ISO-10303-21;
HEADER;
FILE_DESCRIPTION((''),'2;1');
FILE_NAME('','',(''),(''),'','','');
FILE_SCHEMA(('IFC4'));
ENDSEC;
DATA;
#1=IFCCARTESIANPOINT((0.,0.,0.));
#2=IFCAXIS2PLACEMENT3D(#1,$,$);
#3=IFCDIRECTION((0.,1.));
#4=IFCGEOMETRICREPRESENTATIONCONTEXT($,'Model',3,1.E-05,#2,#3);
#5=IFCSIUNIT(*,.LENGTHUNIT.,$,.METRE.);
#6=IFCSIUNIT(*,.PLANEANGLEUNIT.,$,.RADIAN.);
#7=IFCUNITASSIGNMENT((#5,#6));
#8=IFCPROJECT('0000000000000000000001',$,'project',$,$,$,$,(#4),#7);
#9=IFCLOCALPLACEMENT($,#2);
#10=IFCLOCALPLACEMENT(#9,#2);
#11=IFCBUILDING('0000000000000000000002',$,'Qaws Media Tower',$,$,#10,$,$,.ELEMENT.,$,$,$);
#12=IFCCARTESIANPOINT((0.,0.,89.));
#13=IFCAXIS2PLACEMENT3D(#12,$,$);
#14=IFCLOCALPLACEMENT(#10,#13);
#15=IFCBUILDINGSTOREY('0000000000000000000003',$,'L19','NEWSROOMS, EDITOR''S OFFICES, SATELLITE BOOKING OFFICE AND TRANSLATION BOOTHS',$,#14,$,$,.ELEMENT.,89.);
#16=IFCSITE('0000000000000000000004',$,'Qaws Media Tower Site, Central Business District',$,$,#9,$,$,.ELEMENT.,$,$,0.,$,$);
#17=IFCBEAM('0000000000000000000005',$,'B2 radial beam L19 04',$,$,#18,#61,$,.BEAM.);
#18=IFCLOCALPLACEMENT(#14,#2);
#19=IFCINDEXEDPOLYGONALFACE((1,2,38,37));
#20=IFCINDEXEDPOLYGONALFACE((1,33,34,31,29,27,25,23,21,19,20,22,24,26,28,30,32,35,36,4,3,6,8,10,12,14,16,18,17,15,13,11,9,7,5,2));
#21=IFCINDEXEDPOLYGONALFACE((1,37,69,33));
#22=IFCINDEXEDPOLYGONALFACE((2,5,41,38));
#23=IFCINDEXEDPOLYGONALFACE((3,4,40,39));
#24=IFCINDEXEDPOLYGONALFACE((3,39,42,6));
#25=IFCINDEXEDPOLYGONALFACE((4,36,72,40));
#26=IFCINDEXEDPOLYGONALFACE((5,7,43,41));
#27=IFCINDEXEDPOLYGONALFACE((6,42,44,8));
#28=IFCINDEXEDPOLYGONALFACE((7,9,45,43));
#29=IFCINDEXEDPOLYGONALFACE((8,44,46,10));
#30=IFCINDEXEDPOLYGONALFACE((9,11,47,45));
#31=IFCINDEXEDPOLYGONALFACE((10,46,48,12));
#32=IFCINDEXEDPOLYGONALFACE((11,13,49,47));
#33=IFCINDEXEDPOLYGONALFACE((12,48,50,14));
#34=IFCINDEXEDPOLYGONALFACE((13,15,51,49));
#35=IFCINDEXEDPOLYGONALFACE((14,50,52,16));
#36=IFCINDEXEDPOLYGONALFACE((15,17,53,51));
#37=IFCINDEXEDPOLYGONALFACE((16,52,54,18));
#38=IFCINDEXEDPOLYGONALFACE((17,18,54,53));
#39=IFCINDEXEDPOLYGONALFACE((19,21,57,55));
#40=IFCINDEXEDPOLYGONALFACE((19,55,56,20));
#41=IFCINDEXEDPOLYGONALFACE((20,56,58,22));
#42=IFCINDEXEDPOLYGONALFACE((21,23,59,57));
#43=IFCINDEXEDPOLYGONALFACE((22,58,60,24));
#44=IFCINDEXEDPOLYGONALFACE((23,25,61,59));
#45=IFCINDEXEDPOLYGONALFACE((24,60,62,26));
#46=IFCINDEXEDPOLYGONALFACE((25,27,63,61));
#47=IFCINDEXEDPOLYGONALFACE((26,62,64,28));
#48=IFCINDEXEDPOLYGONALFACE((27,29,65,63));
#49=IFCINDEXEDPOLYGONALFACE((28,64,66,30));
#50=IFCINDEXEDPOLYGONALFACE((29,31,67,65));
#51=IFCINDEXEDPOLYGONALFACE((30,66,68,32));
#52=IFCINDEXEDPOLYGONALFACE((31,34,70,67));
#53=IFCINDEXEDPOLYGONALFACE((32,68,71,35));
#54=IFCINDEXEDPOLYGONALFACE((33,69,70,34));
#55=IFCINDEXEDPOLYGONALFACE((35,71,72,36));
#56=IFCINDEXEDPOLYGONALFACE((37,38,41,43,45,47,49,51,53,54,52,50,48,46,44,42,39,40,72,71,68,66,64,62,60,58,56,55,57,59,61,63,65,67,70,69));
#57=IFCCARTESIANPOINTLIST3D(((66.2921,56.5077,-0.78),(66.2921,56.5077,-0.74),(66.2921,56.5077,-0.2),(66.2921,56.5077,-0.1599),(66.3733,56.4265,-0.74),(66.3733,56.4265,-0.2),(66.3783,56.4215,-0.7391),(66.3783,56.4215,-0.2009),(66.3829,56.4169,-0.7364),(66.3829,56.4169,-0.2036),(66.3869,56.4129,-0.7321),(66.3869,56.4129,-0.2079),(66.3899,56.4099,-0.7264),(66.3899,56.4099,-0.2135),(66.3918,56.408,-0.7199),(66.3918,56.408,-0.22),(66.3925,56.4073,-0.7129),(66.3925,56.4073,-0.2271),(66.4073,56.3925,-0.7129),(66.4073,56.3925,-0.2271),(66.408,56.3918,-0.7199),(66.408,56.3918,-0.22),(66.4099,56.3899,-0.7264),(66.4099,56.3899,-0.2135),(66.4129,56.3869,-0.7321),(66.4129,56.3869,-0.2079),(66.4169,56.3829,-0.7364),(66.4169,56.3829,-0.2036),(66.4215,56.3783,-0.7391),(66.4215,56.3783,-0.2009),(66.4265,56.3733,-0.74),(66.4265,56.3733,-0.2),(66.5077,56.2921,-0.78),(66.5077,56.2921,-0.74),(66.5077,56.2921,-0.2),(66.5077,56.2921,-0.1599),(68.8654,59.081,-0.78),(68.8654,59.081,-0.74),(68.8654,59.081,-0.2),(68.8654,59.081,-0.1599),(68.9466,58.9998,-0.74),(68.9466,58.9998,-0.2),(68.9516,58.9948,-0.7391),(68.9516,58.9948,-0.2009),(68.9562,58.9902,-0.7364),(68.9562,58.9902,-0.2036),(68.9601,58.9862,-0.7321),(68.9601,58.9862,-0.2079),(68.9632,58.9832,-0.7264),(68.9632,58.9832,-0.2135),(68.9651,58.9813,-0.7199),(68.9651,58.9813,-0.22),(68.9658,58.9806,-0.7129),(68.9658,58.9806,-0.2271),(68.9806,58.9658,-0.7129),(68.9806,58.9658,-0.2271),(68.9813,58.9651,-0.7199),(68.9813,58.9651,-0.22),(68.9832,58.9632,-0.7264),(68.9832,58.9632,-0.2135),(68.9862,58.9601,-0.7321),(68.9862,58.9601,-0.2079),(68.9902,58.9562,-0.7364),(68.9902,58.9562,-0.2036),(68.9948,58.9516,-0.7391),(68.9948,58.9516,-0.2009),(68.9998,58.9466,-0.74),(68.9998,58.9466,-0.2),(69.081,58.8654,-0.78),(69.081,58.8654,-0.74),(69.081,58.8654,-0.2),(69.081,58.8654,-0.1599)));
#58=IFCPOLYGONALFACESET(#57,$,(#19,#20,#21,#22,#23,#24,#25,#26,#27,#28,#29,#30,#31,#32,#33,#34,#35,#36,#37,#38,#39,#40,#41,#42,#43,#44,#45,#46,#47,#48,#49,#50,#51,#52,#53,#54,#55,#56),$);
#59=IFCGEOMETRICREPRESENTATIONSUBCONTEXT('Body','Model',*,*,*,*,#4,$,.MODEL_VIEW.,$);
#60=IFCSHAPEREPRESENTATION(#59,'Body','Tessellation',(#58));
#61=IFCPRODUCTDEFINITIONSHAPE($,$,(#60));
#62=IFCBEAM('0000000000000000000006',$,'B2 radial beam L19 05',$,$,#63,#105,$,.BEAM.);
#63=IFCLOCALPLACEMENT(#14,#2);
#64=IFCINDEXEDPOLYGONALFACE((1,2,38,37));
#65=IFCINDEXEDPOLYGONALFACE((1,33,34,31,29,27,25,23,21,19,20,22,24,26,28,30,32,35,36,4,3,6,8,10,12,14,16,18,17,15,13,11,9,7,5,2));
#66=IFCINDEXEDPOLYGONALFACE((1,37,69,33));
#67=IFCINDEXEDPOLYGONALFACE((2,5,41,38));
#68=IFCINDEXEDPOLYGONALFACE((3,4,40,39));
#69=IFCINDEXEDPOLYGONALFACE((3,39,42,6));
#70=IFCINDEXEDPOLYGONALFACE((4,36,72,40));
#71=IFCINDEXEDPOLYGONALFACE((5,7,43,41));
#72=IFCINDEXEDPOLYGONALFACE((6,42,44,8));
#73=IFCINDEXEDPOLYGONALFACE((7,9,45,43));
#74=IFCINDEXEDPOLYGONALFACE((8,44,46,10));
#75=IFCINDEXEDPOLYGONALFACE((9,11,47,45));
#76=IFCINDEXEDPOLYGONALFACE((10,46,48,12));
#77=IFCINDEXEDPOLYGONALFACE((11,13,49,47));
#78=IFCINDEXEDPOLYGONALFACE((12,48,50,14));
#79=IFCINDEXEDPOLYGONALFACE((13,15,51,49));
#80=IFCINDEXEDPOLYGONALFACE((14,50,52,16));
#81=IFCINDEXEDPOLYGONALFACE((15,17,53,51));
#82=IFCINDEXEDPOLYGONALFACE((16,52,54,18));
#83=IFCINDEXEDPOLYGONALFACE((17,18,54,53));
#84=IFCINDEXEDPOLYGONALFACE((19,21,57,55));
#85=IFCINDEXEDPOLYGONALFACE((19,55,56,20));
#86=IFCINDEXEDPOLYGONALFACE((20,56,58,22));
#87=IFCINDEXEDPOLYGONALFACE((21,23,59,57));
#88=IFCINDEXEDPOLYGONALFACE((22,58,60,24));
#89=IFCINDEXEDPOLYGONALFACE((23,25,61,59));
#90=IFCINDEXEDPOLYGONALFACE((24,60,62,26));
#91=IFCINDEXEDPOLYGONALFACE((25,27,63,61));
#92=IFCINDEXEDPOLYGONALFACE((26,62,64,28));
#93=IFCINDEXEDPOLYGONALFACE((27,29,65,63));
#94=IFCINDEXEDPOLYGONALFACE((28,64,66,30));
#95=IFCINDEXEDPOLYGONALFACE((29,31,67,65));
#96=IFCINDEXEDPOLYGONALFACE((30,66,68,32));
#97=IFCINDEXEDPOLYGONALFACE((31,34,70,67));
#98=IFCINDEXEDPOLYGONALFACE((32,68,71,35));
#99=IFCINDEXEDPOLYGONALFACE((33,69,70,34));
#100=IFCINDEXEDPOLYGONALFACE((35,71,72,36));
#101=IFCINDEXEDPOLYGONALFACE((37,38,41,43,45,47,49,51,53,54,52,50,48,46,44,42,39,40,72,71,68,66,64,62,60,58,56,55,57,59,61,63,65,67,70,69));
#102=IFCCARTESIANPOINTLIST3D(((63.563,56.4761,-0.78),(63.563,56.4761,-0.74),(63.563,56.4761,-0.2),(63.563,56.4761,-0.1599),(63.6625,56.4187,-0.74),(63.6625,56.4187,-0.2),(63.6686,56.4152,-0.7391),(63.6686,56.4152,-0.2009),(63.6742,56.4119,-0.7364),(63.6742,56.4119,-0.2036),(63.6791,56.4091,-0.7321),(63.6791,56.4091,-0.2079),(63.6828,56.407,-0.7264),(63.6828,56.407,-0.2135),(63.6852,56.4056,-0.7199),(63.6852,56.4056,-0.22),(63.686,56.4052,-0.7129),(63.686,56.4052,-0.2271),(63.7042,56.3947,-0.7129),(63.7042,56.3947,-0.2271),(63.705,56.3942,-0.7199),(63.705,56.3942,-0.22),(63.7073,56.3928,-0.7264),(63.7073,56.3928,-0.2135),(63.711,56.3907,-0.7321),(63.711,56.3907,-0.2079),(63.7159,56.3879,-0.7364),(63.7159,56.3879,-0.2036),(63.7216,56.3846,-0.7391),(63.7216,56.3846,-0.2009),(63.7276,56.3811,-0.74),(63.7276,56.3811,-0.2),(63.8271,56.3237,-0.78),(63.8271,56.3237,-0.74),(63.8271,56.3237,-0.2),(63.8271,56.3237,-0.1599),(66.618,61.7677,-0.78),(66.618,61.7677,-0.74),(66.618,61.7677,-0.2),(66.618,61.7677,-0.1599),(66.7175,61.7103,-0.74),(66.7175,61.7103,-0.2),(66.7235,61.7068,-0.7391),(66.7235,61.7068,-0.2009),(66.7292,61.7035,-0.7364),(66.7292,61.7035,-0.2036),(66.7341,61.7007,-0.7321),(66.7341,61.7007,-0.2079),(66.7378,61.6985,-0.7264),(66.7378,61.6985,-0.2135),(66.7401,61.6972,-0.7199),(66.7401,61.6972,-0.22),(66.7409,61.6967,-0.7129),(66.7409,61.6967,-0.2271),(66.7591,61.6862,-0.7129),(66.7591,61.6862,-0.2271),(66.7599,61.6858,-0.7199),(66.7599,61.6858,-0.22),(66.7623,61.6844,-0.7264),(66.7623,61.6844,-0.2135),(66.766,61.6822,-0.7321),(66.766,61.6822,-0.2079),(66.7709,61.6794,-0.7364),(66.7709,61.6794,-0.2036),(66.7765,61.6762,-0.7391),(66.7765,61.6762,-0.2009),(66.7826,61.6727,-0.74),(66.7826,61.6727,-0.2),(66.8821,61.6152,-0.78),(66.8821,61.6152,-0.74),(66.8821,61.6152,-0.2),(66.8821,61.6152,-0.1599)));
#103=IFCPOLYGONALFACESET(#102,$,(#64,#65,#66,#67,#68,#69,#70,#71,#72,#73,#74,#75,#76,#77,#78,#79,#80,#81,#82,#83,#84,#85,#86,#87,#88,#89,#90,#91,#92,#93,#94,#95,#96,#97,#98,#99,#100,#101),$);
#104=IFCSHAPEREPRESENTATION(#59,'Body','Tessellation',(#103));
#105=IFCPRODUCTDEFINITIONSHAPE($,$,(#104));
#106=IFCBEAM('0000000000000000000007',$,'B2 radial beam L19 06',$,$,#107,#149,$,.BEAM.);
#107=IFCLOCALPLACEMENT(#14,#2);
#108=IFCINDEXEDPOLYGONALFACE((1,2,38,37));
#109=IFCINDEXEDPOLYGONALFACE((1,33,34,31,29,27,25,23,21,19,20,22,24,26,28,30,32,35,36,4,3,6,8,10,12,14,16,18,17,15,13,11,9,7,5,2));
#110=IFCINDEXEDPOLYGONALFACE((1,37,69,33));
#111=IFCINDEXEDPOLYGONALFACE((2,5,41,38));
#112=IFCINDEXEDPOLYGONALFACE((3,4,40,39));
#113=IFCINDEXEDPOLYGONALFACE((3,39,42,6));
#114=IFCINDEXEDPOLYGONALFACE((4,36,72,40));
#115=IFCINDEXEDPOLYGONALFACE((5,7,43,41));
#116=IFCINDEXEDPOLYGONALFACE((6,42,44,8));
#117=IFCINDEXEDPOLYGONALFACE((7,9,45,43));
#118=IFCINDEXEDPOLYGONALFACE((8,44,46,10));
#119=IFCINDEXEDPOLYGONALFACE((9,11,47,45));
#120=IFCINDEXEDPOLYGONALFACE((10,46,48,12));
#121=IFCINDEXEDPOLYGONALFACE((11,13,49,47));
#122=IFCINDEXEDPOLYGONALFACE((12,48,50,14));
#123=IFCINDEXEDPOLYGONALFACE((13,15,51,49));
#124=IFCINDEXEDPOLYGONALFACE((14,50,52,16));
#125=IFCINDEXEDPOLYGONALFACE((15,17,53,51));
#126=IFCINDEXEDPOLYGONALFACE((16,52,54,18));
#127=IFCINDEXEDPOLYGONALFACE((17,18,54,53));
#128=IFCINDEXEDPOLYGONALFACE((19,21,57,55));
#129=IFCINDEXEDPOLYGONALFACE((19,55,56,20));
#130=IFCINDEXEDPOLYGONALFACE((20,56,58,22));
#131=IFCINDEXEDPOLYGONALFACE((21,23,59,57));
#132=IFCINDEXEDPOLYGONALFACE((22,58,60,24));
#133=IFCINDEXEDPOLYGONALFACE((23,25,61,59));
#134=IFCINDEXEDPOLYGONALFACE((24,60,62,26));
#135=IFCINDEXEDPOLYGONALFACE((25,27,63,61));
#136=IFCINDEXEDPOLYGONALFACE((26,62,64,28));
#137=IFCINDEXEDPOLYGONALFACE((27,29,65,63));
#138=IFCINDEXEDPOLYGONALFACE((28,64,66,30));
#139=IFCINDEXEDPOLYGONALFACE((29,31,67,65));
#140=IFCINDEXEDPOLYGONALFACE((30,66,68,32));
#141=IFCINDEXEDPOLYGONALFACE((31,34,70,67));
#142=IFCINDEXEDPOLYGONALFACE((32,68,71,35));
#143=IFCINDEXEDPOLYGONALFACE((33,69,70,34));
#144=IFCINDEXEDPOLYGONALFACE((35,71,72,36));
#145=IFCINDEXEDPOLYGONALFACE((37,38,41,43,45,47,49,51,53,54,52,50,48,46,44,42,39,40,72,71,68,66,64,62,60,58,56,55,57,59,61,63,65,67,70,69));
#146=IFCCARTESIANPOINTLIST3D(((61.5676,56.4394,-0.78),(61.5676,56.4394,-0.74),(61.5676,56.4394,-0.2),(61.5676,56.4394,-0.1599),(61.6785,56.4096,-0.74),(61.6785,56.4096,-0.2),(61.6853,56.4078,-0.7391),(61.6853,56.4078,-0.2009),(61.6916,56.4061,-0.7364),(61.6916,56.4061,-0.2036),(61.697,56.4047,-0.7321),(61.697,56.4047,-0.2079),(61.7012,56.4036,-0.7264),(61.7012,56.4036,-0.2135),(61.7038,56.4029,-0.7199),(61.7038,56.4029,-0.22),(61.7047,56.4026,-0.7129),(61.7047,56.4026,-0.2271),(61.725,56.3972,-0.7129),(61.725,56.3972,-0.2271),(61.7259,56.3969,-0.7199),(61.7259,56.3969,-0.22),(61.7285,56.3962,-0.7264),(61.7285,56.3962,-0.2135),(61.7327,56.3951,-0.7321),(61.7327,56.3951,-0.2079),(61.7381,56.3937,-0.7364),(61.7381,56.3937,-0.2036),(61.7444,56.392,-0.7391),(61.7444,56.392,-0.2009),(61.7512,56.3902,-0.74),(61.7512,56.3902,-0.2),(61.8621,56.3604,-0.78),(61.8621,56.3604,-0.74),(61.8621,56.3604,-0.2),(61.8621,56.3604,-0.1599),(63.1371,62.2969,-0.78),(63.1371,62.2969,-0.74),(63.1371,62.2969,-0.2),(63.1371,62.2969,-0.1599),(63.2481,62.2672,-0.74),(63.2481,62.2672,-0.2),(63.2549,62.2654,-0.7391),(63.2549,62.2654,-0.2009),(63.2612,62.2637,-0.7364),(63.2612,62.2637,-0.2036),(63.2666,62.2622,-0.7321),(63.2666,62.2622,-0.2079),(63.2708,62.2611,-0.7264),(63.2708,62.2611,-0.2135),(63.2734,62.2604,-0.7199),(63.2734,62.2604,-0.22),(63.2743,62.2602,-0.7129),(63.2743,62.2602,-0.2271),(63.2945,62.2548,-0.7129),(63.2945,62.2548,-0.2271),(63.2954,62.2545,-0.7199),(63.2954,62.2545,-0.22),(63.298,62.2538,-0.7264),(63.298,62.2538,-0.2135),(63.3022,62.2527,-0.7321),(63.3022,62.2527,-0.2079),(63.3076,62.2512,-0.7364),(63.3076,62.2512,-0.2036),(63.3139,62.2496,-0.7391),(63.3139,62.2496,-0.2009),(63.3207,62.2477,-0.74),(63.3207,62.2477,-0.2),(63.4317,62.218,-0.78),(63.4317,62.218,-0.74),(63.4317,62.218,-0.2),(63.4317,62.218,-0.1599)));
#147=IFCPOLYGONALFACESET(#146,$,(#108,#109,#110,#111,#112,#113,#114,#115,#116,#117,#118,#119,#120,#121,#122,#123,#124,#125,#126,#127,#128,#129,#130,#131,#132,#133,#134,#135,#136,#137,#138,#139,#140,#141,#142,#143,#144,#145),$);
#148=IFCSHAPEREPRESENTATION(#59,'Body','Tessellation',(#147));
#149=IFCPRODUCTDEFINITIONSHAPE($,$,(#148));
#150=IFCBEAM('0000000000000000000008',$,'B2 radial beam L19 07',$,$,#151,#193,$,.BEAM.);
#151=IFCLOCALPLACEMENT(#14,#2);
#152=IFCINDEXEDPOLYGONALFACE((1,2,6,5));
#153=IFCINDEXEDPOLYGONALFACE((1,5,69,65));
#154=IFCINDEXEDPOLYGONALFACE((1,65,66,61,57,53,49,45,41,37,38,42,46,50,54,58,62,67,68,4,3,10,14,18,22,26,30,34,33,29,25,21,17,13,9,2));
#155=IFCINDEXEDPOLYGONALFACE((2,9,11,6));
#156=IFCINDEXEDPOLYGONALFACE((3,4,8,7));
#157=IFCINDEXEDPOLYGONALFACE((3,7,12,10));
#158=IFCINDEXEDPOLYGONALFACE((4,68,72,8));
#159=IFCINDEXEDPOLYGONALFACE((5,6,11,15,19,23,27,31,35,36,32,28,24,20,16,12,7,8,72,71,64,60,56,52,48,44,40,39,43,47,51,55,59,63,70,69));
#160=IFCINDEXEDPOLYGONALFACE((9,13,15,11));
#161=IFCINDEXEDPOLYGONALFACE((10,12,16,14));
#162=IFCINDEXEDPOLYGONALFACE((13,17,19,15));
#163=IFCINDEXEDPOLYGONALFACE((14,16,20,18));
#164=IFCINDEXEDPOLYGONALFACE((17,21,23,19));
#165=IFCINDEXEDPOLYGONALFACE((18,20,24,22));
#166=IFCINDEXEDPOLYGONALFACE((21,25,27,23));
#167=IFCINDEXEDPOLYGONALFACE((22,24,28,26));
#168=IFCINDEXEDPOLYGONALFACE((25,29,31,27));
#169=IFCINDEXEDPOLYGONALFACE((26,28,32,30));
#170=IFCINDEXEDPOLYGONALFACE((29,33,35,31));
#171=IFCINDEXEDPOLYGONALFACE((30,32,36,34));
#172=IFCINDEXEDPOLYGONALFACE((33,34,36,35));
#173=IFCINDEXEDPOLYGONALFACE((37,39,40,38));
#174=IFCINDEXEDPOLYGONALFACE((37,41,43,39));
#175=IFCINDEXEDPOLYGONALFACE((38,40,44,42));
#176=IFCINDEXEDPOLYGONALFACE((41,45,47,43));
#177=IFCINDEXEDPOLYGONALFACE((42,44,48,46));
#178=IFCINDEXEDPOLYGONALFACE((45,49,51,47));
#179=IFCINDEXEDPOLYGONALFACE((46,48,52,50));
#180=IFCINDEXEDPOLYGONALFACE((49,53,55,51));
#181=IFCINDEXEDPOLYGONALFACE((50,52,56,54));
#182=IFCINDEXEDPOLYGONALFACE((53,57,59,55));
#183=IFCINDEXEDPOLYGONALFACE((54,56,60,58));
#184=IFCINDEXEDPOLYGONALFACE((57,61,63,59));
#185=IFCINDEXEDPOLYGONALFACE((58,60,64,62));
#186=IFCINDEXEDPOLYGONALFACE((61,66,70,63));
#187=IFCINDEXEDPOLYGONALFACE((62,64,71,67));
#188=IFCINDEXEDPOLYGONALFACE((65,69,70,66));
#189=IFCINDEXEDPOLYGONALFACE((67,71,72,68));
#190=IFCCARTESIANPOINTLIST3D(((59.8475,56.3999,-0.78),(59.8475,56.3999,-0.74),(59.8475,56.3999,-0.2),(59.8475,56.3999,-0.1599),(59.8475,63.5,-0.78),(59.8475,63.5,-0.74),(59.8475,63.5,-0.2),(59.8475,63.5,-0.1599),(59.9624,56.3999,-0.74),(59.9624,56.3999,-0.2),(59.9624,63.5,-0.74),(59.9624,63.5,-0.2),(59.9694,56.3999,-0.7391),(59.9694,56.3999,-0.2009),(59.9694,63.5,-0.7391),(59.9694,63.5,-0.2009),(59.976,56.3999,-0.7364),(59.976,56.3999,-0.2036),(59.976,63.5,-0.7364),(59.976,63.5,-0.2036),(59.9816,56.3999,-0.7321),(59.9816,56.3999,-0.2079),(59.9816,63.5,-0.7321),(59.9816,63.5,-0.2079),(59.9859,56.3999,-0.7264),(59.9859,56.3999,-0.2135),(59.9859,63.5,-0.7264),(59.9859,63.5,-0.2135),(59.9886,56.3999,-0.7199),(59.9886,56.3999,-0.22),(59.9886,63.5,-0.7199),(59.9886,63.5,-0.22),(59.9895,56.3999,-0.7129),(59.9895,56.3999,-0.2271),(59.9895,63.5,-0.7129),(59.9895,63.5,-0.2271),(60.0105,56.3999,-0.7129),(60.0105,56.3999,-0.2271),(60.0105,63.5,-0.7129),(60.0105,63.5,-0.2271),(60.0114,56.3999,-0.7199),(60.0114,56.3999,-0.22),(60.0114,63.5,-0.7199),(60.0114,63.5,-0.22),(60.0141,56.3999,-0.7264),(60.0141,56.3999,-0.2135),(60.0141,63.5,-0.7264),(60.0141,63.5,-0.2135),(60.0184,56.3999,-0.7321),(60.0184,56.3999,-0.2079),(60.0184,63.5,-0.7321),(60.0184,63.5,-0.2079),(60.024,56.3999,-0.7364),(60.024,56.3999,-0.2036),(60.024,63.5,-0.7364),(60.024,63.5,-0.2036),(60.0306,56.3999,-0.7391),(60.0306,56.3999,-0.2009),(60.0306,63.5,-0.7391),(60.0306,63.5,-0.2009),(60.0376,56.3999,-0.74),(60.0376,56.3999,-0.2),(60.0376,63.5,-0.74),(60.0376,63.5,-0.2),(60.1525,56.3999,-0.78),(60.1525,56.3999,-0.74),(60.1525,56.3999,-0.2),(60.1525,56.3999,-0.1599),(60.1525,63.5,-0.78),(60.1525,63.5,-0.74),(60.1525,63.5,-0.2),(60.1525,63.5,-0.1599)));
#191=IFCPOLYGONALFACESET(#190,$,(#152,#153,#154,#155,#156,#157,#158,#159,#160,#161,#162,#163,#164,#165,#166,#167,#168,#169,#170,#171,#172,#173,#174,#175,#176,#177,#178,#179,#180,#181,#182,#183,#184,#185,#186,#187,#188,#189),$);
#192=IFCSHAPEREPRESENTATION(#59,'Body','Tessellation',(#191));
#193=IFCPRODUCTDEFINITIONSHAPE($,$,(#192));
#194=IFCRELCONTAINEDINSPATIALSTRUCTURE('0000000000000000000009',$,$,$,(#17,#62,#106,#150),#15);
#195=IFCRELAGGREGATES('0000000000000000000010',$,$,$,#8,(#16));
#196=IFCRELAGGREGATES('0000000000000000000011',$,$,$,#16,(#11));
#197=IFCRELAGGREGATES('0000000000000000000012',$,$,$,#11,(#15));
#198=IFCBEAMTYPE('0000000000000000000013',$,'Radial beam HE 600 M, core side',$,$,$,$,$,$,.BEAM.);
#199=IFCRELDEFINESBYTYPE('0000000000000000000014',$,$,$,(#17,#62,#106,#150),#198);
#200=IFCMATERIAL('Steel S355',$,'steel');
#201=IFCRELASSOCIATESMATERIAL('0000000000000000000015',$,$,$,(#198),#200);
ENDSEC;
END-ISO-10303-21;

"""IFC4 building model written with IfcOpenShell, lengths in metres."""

from ifc_helpers import new_model, si_unit, direction, frame, origin, origin_2d, place, context, subcontext, project, spatial, i_section, extrude, material, material_profile, profile_set, type_object, element, save


model = new_model("IFC4")

# Units and contexts
model_context = context("Model", 3, precision=1e-05, world=origin(), true_north=direction((0.0, 1.0)))
body_context = subcontext(model_context, "Body", "Model", "MODEL_VIEW")
ifc_project = project(units=[si_unit("LENGTHUNIT", "METRE"), si_unit("PLANEANGLEUNIT", "RADIAN")], contexts=[model_context])

# Site, building, storey
site_placement = place(None, origin())
site = spatial("IfcSite", under=ifc_project, at=site_placement, Name="Qaws Media Tower Site, Central Business District", CompositionType="ELEMENT", RefElevation=0.0)
building_placement = place(site_placement, origin())
building = spatial("IfcBuilding", under=site, at=building_placement, Name="Qaws Media Tower", CompositionType="ELEMENT")
storey_placement = place(building_placement, frame((0.0, 0.0, 89.0)))
storey = spatial("IfcBuildingStorey", under=building, at=storey_placement, Name="L19", Description="NEWSROOMS, EDITOR'S OFFICES, SATELLITE BOOKING OFFICE AND TRANSLATION BOOTHS", CompositionType="ELEMENT", Elevation=89.0)

# Beams
ifc_material_1 = material(Name="Steel S355", Category="steel")
ifc_material_profile_1 = material_profile(ifc_material_1, i_section(OverallWidth=0.3049, OverallDepth=0.6201, WebThickness=0.021, FlangeThickness=0.04, FilletRadius=0.0271, at=origin_2d()), Name="HE 600 M")
ifc_profile_set_1 = profile_set([ifc_material_profile_1], Name="Steel S355")
beam_type_1 = type_object("IfcBeamType", Name="Radial beam HE 600 M, core side", PredefinedType="BEAM", material=ifc_profile_set_1)
beam_1_placement = place(storey_placement, frame((66.3999, 56.3999, -0.47), z_axis=(0.707107, 0.707107, 0.0), x_axis=(-0.707107, 0.707107, 0.0)))
element("IfcBeam", 1, at=beam_1_placement, inside=storey, type_object=beam_type_1, Name="B2 radial beam L19 04", PredefinedType="BEAM", context=body_context, shape_type="SweptSolid", body=[
    extrude(i_section(OverallWidth=0.3049, OverallDepth=0.6201, WebThickness=0.021, FlangeThickness=0.04, FilletRadius=0.0271, at=origin_2d()), origin(), (0.0, 0.0, 1.0), 3.6392),
])
beam_2_placement = place(storey_placement, frame((63.6951, 56.3999, -0.47), z_axis=(0.499985, 0.866034, 0.0), x_axis=(-0.866034, 0.499985, 0.0)))
element("IfcBeam", 2, at=beam_2_placement, inside=storey, type_object=beam_type_1, Name="B2 radial beam L19 05", PredefinedType="BEAM", context=body_context, shape_type="SweptSolid", body=[
    extrude(i_section(OverallWidth=0.3049, OverallDepth=0.6201, WebThickness=0.021, FlangeThickness=0.04, FilletRadius=0.0271, at=origin_2d()), origin(), (0.0, 0.0, 1.0), 6.1101),
])
beam_3_placement = place(storey_placement, frame((61.7148, 56.3999, -0.47), z_axis=(0.258823, 0.965925, 0.0), x_axis=(-0.965925, 0.258823, 0.0)))
element("IfcBeam", 3, at=beam_3_placement, inside=storey, type_object=beam_type_1, Name="B2 radial beam L19 06", PredefinedType="BEAM", context=body_context, shape_type="SweptSolid", body=[
    extrude(i_section(OverallWidth=0.3049, OverallDepth=0.6201, WebThickness=0.021, FlangeThickness=0.04, FilletRadius=0.0271, at=origin_2d()), origin(), (0.0, 0.0, 1.0), 6.0642),
])
beam_4_placement = place(storey_placement, frame((60.0, 56.3999, -0.47), z_axis=(0.0, 1.0, 0.0), x_axis=(-1.0, 0.0, 0.0)))
element("IfcBeam", 4, at=beam_4_placement, inside=storey, type_object=beam_type_1, Name="B2 radial beam L19 07", PredefinedType="BEAM", context=body_context, shape_type="SweptSolid", body=[
    extrude(i_section(OverallWidth=0.3049, OverallDepth=0.6201, WebThickness=0.021, FlangeThickness=0.04, FilletRadius=0.0271, at=origin_2d()), origin(), (0.0, 0.0, 1.0), 7.1001),
])

save(model, "model.ifc")
